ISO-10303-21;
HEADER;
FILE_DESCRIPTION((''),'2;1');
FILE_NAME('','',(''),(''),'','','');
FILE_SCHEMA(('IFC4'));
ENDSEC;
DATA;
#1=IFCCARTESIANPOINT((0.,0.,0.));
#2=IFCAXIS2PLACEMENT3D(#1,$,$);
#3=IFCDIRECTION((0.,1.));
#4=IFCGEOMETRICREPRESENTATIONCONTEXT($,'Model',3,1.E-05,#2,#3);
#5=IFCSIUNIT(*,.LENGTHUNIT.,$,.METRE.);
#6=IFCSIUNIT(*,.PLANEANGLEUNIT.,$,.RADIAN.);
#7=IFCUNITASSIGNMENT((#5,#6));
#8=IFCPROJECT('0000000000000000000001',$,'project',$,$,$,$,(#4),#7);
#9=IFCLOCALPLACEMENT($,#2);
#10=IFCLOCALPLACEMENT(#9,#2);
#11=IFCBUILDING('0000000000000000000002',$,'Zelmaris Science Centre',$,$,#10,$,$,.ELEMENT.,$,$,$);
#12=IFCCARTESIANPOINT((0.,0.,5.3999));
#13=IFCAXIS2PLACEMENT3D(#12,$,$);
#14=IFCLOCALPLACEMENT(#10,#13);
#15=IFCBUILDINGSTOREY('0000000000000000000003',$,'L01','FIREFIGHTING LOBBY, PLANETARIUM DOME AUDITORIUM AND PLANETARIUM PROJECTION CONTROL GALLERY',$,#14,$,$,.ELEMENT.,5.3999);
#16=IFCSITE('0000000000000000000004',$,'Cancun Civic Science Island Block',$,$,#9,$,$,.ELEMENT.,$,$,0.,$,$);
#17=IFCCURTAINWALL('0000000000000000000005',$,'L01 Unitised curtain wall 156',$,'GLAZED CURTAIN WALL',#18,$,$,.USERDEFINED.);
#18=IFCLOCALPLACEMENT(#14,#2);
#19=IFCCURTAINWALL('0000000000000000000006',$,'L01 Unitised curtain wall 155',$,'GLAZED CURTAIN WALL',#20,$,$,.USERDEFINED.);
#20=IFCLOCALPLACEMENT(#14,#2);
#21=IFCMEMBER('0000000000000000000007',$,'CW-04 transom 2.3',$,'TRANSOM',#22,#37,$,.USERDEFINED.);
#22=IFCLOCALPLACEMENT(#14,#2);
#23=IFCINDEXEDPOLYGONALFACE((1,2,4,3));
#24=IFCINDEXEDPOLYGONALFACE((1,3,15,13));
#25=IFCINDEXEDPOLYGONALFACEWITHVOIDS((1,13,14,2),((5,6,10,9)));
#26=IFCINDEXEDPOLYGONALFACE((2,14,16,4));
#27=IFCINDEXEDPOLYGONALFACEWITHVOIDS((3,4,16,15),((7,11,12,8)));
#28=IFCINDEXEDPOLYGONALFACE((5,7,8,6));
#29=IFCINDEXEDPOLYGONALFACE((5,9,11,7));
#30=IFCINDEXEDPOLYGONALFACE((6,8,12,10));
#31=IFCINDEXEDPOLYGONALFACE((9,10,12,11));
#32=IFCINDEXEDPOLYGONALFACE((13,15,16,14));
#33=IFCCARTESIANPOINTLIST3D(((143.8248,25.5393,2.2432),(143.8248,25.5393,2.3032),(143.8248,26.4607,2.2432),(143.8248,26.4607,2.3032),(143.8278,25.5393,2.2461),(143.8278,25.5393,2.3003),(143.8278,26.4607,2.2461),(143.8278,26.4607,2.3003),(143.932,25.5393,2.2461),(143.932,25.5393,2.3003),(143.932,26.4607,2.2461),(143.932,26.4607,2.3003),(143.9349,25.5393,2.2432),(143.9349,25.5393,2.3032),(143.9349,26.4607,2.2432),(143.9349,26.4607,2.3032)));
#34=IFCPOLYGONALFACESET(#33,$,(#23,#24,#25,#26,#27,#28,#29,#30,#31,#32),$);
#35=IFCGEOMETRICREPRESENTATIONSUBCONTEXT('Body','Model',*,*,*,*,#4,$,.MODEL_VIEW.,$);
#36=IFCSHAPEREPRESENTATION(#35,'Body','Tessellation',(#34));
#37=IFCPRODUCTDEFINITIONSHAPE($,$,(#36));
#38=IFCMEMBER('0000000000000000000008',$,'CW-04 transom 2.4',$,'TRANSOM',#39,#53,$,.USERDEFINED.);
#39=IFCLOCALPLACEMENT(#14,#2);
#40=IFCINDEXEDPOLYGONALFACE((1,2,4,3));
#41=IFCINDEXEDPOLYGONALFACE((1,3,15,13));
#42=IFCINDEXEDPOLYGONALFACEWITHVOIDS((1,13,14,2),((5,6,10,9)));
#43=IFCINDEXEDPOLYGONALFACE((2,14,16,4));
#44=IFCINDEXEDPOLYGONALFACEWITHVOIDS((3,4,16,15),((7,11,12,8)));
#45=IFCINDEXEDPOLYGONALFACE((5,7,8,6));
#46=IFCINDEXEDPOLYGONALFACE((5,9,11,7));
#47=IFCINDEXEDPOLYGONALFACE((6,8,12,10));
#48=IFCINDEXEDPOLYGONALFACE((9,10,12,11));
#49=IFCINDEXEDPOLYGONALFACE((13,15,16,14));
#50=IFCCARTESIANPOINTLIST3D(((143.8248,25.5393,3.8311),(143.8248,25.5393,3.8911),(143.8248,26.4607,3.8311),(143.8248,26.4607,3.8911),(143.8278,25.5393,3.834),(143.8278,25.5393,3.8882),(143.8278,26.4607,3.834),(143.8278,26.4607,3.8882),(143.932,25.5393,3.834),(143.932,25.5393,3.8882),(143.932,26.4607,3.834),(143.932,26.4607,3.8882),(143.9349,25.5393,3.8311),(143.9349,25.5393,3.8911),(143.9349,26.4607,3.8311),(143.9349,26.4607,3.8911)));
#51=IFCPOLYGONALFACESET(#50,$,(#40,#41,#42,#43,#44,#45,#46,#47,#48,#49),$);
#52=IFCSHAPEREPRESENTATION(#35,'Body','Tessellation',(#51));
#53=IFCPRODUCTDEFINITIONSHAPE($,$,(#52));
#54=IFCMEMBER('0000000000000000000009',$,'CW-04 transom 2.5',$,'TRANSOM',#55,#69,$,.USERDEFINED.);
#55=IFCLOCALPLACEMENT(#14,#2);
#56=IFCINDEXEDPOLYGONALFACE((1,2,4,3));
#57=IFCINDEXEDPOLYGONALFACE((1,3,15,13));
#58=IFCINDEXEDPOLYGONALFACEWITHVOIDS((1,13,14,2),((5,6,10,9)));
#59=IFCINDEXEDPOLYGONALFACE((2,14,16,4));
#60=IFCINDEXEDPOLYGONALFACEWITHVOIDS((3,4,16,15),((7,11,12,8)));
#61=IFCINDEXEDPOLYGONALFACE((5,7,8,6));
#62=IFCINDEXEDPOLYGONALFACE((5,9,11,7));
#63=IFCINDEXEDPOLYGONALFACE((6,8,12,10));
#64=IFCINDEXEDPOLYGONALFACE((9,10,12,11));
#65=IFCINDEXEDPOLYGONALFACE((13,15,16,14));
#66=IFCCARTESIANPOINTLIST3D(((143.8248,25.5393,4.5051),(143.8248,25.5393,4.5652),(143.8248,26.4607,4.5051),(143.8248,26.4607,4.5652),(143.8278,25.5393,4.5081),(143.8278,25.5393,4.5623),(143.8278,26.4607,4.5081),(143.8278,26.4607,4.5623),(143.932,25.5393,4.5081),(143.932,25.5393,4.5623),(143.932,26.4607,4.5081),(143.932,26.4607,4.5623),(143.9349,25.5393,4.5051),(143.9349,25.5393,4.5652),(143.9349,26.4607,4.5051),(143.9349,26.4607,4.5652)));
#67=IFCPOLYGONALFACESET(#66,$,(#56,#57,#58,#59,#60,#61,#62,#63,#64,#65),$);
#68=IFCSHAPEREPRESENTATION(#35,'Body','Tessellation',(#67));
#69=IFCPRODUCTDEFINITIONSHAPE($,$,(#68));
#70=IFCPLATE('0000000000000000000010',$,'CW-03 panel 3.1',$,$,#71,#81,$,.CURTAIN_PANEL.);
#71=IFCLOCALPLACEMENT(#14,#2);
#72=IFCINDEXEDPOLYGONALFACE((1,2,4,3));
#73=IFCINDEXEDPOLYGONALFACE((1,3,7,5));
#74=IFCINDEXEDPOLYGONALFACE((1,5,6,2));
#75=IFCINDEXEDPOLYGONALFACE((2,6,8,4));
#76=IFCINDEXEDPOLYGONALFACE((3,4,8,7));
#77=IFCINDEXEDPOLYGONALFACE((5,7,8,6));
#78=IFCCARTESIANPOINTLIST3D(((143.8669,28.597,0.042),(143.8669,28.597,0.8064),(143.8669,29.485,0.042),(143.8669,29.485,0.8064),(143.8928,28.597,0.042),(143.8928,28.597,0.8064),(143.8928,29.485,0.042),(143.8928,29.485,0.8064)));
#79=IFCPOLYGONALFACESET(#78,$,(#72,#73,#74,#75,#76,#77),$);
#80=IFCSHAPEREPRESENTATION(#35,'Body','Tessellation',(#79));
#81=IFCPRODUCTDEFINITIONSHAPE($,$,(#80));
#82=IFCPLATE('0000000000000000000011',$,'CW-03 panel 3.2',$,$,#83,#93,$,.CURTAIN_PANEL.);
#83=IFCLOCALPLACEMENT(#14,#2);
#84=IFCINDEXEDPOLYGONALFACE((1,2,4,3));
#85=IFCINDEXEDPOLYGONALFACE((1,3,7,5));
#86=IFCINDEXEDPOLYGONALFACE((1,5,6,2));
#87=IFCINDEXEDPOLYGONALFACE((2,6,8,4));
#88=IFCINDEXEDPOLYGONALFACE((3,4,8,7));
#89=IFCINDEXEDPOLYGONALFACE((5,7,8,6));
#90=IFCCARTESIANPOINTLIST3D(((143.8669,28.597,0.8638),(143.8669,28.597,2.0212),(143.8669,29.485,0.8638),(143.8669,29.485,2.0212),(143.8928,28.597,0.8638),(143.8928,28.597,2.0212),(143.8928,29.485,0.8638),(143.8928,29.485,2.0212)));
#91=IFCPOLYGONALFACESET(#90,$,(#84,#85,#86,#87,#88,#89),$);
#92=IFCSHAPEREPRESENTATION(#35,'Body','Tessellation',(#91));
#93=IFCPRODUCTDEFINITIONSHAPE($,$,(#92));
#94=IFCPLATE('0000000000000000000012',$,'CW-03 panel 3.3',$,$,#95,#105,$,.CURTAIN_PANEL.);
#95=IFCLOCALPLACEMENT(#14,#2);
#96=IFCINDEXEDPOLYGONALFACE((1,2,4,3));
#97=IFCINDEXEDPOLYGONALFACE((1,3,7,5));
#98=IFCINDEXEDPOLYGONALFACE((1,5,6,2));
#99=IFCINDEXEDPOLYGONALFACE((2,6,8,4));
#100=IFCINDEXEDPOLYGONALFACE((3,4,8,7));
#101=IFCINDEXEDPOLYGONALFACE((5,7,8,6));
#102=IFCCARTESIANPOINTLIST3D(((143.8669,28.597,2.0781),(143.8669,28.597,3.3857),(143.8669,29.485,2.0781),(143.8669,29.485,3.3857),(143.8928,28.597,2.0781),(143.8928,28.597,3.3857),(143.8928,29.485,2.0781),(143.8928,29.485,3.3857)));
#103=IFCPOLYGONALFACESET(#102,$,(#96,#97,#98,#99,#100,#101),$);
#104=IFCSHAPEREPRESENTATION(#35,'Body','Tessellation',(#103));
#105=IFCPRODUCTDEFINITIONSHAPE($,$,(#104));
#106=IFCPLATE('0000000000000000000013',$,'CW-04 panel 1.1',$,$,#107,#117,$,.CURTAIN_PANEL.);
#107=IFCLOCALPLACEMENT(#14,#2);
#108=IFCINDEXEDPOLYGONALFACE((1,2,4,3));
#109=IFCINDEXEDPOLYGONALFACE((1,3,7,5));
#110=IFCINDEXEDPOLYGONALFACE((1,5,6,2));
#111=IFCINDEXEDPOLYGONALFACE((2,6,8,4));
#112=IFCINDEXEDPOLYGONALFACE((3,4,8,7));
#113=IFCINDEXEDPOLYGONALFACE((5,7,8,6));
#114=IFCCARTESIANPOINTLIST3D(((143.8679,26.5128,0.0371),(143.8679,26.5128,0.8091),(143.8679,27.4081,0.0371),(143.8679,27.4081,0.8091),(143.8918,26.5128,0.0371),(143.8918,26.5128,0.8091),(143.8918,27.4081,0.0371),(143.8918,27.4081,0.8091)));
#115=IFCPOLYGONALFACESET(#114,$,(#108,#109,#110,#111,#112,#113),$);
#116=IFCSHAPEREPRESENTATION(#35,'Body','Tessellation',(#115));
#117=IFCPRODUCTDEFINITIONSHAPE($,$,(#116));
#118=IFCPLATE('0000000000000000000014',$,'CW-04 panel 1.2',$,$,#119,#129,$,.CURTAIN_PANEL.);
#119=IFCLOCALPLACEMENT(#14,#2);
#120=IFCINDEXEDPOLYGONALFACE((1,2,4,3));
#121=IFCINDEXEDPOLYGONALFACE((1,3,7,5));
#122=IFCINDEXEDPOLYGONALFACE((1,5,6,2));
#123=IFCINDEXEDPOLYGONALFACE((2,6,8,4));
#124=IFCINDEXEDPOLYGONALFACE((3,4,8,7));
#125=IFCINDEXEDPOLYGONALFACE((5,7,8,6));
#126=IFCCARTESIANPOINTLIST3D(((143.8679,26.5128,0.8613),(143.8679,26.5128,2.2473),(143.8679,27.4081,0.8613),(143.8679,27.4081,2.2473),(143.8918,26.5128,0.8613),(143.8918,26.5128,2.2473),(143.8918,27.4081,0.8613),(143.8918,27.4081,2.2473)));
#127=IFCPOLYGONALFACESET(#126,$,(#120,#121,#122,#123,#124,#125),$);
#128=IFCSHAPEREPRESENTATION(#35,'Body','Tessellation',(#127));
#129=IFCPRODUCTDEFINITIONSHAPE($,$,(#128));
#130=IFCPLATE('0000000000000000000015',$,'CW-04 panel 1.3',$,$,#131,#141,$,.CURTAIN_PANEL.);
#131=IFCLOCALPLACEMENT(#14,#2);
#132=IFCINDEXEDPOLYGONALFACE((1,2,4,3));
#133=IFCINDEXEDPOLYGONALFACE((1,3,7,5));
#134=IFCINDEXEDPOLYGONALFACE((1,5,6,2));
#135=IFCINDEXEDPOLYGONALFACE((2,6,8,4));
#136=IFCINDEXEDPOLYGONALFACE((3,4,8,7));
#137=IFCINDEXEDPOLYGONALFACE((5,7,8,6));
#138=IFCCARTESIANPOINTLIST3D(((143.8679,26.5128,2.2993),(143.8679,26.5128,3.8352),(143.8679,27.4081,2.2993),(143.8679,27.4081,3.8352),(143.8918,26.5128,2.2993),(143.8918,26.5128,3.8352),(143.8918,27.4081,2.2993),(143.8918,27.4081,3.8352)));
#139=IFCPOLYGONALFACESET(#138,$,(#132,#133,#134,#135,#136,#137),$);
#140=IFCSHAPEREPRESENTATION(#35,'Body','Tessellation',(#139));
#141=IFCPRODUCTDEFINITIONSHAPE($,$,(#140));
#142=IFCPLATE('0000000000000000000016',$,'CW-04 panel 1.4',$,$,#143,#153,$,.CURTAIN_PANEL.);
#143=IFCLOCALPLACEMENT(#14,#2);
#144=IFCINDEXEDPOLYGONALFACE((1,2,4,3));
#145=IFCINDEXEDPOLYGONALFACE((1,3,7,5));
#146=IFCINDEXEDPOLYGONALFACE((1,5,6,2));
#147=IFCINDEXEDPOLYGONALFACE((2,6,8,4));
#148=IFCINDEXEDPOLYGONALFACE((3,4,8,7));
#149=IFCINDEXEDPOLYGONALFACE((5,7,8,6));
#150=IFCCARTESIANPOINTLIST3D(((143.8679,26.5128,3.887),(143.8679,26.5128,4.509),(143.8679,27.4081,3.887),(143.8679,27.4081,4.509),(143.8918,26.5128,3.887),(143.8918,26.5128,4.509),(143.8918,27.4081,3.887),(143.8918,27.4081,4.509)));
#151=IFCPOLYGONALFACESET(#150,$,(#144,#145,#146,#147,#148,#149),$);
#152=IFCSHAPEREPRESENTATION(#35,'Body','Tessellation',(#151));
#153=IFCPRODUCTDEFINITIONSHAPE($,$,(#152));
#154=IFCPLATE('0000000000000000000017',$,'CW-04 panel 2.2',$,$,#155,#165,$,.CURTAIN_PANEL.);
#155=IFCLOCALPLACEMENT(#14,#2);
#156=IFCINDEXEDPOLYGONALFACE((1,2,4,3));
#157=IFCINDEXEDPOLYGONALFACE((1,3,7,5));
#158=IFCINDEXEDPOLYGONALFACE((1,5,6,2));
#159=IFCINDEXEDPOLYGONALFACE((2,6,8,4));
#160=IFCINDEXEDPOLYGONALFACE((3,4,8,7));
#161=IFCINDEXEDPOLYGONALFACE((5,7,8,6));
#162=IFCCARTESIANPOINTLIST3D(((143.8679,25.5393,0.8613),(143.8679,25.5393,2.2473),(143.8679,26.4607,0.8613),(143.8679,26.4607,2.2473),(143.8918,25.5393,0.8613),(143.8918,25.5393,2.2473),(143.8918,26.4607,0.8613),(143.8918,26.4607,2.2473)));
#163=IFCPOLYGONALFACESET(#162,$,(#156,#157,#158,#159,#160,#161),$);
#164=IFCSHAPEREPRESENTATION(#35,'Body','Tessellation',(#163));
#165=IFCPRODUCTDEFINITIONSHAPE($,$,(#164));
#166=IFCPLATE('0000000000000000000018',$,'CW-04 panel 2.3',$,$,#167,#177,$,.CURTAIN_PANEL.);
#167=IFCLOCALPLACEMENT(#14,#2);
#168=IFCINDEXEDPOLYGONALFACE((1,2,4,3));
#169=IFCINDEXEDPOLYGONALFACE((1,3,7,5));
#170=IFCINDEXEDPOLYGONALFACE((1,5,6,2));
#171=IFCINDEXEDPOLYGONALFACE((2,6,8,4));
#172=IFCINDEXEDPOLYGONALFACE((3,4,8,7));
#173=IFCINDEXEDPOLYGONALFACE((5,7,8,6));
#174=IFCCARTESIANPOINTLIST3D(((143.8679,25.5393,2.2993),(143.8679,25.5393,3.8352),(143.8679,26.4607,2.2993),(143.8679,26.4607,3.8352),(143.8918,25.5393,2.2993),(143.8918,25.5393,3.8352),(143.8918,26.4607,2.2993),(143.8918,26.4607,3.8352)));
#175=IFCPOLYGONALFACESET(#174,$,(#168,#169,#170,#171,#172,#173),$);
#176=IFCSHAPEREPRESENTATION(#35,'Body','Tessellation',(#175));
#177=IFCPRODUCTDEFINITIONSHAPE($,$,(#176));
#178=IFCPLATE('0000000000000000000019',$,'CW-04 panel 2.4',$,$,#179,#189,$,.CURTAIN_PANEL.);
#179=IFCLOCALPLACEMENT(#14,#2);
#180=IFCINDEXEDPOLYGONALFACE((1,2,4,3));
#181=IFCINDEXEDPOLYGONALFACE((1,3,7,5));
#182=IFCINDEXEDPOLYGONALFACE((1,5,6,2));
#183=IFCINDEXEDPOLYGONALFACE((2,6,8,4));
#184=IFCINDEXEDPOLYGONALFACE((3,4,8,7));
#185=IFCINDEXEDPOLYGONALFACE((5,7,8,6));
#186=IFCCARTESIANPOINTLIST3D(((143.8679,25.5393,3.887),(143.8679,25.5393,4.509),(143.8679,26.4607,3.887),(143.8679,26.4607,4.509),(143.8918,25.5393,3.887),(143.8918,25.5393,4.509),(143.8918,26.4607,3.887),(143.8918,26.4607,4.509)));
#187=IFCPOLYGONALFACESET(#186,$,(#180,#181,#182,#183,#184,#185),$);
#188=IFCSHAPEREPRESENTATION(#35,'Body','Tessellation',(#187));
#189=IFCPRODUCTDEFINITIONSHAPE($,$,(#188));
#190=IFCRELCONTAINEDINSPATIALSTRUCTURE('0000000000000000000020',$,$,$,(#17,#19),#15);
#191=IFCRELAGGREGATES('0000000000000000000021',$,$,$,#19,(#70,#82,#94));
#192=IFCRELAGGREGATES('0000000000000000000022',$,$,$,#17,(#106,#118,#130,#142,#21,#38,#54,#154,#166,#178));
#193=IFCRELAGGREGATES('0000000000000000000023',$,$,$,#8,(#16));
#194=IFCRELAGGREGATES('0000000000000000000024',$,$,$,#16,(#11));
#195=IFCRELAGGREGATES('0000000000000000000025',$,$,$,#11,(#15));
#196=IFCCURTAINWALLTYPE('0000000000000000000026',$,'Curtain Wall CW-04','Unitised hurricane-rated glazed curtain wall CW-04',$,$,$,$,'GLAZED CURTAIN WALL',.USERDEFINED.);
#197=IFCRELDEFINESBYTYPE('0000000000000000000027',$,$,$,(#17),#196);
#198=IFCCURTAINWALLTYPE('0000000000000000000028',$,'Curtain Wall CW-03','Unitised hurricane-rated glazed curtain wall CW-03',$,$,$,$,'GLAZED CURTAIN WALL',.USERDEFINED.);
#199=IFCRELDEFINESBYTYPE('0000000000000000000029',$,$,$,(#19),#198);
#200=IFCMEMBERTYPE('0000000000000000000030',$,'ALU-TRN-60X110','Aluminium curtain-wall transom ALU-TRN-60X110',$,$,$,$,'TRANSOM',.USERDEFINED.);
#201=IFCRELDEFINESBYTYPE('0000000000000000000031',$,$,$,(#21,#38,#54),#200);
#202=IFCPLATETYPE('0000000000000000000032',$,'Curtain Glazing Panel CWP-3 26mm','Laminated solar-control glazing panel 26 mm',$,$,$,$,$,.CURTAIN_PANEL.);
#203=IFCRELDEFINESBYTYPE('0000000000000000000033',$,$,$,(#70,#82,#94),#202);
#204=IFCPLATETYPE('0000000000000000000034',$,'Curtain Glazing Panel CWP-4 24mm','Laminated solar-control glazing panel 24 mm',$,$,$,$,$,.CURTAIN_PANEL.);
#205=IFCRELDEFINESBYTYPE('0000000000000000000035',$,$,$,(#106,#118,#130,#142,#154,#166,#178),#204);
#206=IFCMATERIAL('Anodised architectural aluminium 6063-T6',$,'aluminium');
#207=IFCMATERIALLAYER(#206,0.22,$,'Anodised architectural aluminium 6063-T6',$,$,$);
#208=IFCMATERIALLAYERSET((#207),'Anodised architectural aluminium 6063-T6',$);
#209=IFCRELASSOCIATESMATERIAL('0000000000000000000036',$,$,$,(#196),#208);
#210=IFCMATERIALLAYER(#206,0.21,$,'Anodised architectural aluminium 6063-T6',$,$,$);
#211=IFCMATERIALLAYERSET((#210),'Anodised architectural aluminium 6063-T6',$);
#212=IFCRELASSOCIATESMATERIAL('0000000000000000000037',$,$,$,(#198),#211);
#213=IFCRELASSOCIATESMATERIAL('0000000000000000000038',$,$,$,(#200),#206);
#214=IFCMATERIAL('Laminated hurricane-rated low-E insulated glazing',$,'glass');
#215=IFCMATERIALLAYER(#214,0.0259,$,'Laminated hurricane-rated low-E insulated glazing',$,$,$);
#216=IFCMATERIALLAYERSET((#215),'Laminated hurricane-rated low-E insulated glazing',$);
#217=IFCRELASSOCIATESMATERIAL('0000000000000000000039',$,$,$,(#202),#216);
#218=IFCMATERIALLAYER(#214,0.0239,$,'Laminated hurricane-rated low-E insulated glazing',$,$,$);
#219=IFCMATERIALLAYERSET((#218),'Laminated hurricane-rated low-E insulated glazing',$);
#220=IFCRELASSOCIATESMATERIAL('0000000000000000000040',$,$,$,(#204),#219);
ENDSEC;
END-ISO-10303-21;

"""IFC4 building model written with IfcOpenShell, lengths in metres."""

from ifc_helpers import new_model, si_unit, direction, frame, origin, origin_2d, place, context, subcontext, project, spatial, rectangle, hollow_rectangle, extrude, material, layer, layer_set, material_profile, profile_set, type_object, element, aggregate, save


model = new_model("IFC4")

# Units and contexts
model_context = context("Model", 3, precision=1e-05, world=origin(), true_north=direction((0.0, 1.0)))
body_context = subcontext(model_context, "Body", "Model", "MODEL_VIEW")
ifc_project = project(units=[si_unit("LENGTHUNIT", "METRE"), si_unit("PLANEANGLEUNIT", "RADIAN")], contexts=[model_context])

# Site, building, storey
site_placement = place(None, origin())
site = spatial("IfcSite", under=ifc_project, at=site_placement, Name="Cancun Civic Science Island Block", CompositionType="ELEMENT", RefElevation=0.0)
building_placement = place(site_placement, origin())
building = spatial("IfcBuilding", under=site, at=building_placement, Name="Zelmaris Science Centre", CompositionType="ELEMENT")
storey_placement = place(building_placement, frame((0.0, 0.0, 5.3999)))
storey = spatial("IfcBuildingStorey", under=building, at=storey_placement, Name="L01", Description="FIREFIGHTING LOBBY, PLANETARIUM DOME AUDITORIUM AND PLANETARIUM PROJECTION CONTROL GALLERY", CompositionType="ELEMENT", Elevation=5.3999)

# Curtain wall
ifc_material_1 = material(Name="Anodised architectural aluminium 6063-T6", Category="aluminium")
ifc_layer_1 = layer(ifc_material_1, 0.22, Name="Anodised architectural aluminium 6063-T6")
ifc_layer_set_1 = layer_set([ifc_layer_1], Name="Anodised architectural aluminium 6063-T6")
curtain_wall_type_1 = type_object("IfcCurtainWallType", Name="Curtain Wall CW-04", Description="Unitised hurricane-rated glazed curtain wall CW-04", ElementType="GLAZED CURTAIN WALL", PredefinedType="USERDEFINED", material=ifc_layer_set_1)
curtain_wall_1_placement = place(storey_placement, origin())
curtain_wall_1 = element("IfcCurtainWall", 1, at=curtain_wall_1_placement, inside=storey, type_object=curtain_wall_type_1, Name="L01 Unitised curtain wall 156", ObjectType="GLAZED CURTAIN WALL", PredefinedType="USERDEFINED")

# Curtain wall
ifc_layer_2 = layer(ifc_material_1, 0.21, Name="Anodised architectural aluminium 6063-T6")
ifc_layer_set_2 = layer_set([ifc_layer_2], Name="Anodised architectural aluminium 6063-T6")
curtain_wall_type_2 = type_object("IfcCurtainWallType", Name="Curtain Wall CW-03", Description="Unitised hurricane-rated glazed curtain wall CW-03", ElementType="GLAZED CURTAIN WALL", PredefinedType="USERDEFINED", material=ifc_layer_set_2)
curtain_wall_2_placement = place(storey_placement, origin())
curtain_wall_2 = element("IfcCurtainWall", 2, at=curtain_wall_2_placement, inside=storey, type_object=curtain_wall_type_2, Name="L01 Unitised curtain wall 155", ObjectType="GLAZED CURTAIN WALL", PredefinedType="USERDEFINED")

# Members
ifc_material_profile_1 = material_profile(ifc_material_1, hollow_rectangle(XDim=0.0601, YDim=0.1101, WallThickness=0.0029, at=origin_2d()), Name="ALU-TRN-60X110")
ifc_profile_set_1 = profile_set([ifc_material_profile_1], Name="Anodised architectural aluminium 6063-T6")
member_type_1 = type_object("IfcMemberType", Name="ALU-TRN-60X110", Description="Aluminium curtain-wall transom ALU-TRN-60X110", ElementType="TRANSOM", PredefinedType="USERDEFINED", material=ifc_profile_set_1)
member_1_placement = place(storey_placement, frame((143.8799, 26.4607, 2.2732), z_axis=(0.0, -1.0, 0.0), x_axis=(0.0, 0.0, 1.0)))
member_1 = element("IfcMember", 3, at=member_1_placement, type_object=member_type_1, Name="CW-04 transom 2.3", ObjectType="TRANSOM", PredefinedType="USERDEFINED", context=body_context, shape_type="SweptSolid", body=[
    extrude(hollow_rectangle(XDim=0.0601, YDim=0.1101, WallThickness=0.0029, at=origin_2d()), origin(), (0.0, 0.0, 1.0), 0.9214),
])
member_2_placement = place(storey_placement, frame((143.8799, 26.4607, 3.8611), z_axis=(0.0, -1.0, 0.0), x_axis=(0.0, 0.0, 1.0)))
member_2 = element("IfcMember", 4, at=member_2_placement, type_object=member_type_1, Name="CW-04 transom 2.4", ObjectType="TRANSOM", PredefinedType="USERDEFINED", context=body_context, shape_type="SweptSolid", body=[
    extrude(hollow_rectangle(XDim=0.0601, YDim=0.1101, WallThickness=0.0029, at=origin_2d()), origin(), (0.0, 0.0, 1.0), 0.9214),
])
member_3_placement = place(storey_placement, frame((143.8799, 26.4607, 4.5352), z_axis=(0.0, -1.0, 0.0), x_axis=(0.0, 0.0, 1.0)))
member_3 = element("IfcMember", 5, at=member_3_placement, type_object=member_type_1, Name="CW-04 transom 2.5", ObjectType="TRANSOM", PredefinedType="USERDEFINED", context=body_context, shape_type="SweptSolid", body=[
    extrude(hollow_rectangle(XDim=0.0601, YDim=0.1101, WallThickness=0.0029, at=origin_2d()), origin(), (0.0, 0.0, 1.0), 0.9214),
])

# Plates
ifc_material_2 = material(Name="Laminated hurricane-rated low-E insulated glazing", Category="glass")
ifc_layer_3 = layer(ifc_material_2, 0.0259, Name="Laminated hurricane-rated low-E insulated glazing")
ifc_layer_set_3 = layer_set([ifc_layer_3], Name="Laminated hurricane-rated low-E insulated glazing")
plate_type_1 = type_object("IfcPlateType", Name="Curtain Glazing Panel CWP-3 26mm", Description="Laminated solar-control glazing panel 26 mm", PredefinedType="CURTAIN_PANEL", material=ifc_layer_set_3)
plate_1_placement = place(storey_placement, frame((143.8799, 29.041, 0.042), z_axis=(0.0, 0.0, 1.0), x_axis=(0.0, -1.0, 0.0)))
plate_1 = element("IfcPlate", 6, at=plate_1_placement, type_object=plate_type_1, Name="CW-03 panel 3.1", PredefinedType="CURTAIN_PANEL", context=body_context, shape_type="SweptSolid", body=[
    extrude(rectangle(XDim=0.8879, YDim=0.0259, at=origin_2d()), origin(), (0.0, 0.0, 1.0), 0.7644),
])
plate_2_placement = place(storey_placement, frame((143.8799, 29.041, 0.8638), z_axis=(0.0, 0.0, 1.0), x_axis=(0.0, -1.0, 0.0)))
plate_2 = element("IfcPlate", 7, at=plate_2_placement, type_object=plate_type_1, Name="CW-03 panel 3.2", PredefinedType="CURTAIN_PANEL", context=body_context, shape_type="SweptSolid", body=[
    extrude(rectangle(XDim=0.8879, YDim=0.0259, at=origin_2d()), origin(), (0.0, 0.0, 1.0), 1.1575),
])
plate_3_placement = place(storey_placement, frame((143.8799, 29.041, 2.0781), z_axis=(0.0, 0.0, 1.0), x_axis=(0.0, -1.0, 0.0)))
plate_3 = element("IfcPlate", 8, at=plate_3_placement, type_object=plate_type_1, Name="CW-03 panel 3.3", PredefinedType="CURTAIN_PANEL", context=body_context, shape_type="SweptSolid", body=[
    extrude(rectangle(XDim=0.8879, YDim=0.0259, at=origin_2d()), origin(), (0.0, 0.0, 1.0), 1.3076),
])
aggregate(curtain_wall_2, [plate_1, plate_2, plate_3])
ifc_layer_4 = layer(ifc_material_2, 0.0239, Name="Laminated hurricane-rated low-E insulated glazing")
ifc_layer_set_4 = layer_set([ifc_layer_4], Name="Laminated hurricane-rated low-E insulated glazing")
plate_type_2 = type_object("IfcPlateType", Name="Curtain Glazing Panel CWP-4 24mm", Description="Laminated solar-control glazing panel 24 mm", PredefinedType="CURTAIN_PANEL", material=ifc_layer_set_4)
plate_4_placement = place(storey_placement, frame((143.8799, 26.9604, 0.0371), z_axis=(0.0, 0.0, 1.0), x_axis=(0.0, -1.0, 0.0)))
plate_4 = element("IfcPlate", 9, at=plate_4_placement, type_object=plate_type_2, Name="CW-04 panel 1.1", PredefinedType="CURTAIN_PANEL", context=body_context, shape_type="SweptSolid", body=[
    extrude(rectangle(XDim=0.8953, YDim=0.0239, at=origin_2d()), origin(), (0.0, 0.0, 1.0), 0.772),
])
plate_5_placement = place(storey_placement, frame((143.8799, 26.9604, 0.8613), z_axis=(0.0, 0.0, 1.0), x_axis=(0.0, -1.0, 0.0)))
plate_5 = element("IfcPlate", 10, at=plate_5_placement, type_object=plate_type_2, Name="CW-04 panel 1.2", PredefinedType="CURTAIN_PANEL", context=body_context, shape_type="SweptSolid", body=[
    extrude(rectangle(XDim=0.8953, YDim=0.0239, at=origin_2d()), origin(), (0.0, 0.0, 1.0), 1.386),
])
plate_6_placement = place(storey_placement, frame((143.8799, 26.9604, 2.2993), z_axis=(0.0, 0.0, 1.0), x_axis=(0.0, -1.0, 0.0)))
plate_6 = element("IfcPlate", 11, at=plate_6_placement, type_object=plate_type_2, Name="CW-04 panel 1.3", PredefinedType="CURTAIN_PANEL", context=body_context, shape_type="SweptSolid", body=[
    extrude(rectangle(XDim=0.8953, YDim=0.0239, at=origin_2d()), origin(), (0.0, 0.0, 1.0), 1.5359),
])
plate_7_placement = place(storey_placement, frame((143.8799, 26.9604, 3.887), z_axis=(0.0, 0.0, 1.0), x_axis=(0.0, -1.0, 0.0)))
plate_7 = element("IfcPlate", 12, at=plate_7_placement, type_object=plate_type_2, Name="CW-04 panel 1.4", PredefinedType="CURTAIN_PANEL", context=body_context, shape_type="SweptSolid", body=[
    extrude(rectangle(XDim=0.8953, YDim=0.0239, at=origin_2d()), origin(), (0.0, 0.0, 1.0), 0.6221),
])
plate_8_placement = place(storey_placement, frame((143.8799, 26.0, 0.8613), z_axis=(0.0, 0.0, 1.0), x_axis=(0.0, -1.0, 0.0)))
plate_8 = element("IfcPlate", 13, at=plate_8_placement, type_object=plate_type_2, Name="CW-04 panel 2.2", PredefinedType="CURTAIN_PANEL", context=body_context, shape_type="SweptSolid", body=[
    extrude(rectangle(XDim=0.9214, YDim=0.0239, at=origin_2d()), origin(), (0.0, 0.0, 1.0), 1.386),
])
plate_9_placement = place(storey_placement, frame((143.8799, 26.0, 2.2993), z_axis=(0.0, 0.0, 1.0), x_axis=(0.0, -1.0, 0.0)))
plate_9 = element("IfcPlate", 14, at=plate_9_placement, type_object=plate_type_2, Name="CW-04 panel 2.3", PredefinedType="CURTAIN_PANEL", context=body_context, shape_type="SweptSolid", body=[
    extrude(rectangle(XDim=0.9214, YDim=0.0239, at=origin_2d()), origin(), (0.0, 0.0, 1.0), 1.5359),
])
plate_10_placement = place(storey_placement, frame((143.8799, 26.0, 3.887), z_axis=(0.0, 0.0, 1.0), x_axis=(0.0, -1.0, 0.0)))
plate_10 = element("IfcPlate", 15, at=plate_10_placement, type_object=plate_type_2, Name="CW-04 panel 2.4", PredefinedType="CURTAIN_PANEL", context=body_context, shape_type="SweptSolid", body=[
    extrude(rectangle(XDim=0.9214, YDim=0.0239, at=origin_2d()), origin(), (0.0, 0.0, 1.0), 0.6221),
])
aggregate(curtain_wall_1, [plate_4, plate_5, plate_6, plate_7, member_1, member_2, member_3, plate_8, plate_9, plate_10])

save(model, "model.ifc")
